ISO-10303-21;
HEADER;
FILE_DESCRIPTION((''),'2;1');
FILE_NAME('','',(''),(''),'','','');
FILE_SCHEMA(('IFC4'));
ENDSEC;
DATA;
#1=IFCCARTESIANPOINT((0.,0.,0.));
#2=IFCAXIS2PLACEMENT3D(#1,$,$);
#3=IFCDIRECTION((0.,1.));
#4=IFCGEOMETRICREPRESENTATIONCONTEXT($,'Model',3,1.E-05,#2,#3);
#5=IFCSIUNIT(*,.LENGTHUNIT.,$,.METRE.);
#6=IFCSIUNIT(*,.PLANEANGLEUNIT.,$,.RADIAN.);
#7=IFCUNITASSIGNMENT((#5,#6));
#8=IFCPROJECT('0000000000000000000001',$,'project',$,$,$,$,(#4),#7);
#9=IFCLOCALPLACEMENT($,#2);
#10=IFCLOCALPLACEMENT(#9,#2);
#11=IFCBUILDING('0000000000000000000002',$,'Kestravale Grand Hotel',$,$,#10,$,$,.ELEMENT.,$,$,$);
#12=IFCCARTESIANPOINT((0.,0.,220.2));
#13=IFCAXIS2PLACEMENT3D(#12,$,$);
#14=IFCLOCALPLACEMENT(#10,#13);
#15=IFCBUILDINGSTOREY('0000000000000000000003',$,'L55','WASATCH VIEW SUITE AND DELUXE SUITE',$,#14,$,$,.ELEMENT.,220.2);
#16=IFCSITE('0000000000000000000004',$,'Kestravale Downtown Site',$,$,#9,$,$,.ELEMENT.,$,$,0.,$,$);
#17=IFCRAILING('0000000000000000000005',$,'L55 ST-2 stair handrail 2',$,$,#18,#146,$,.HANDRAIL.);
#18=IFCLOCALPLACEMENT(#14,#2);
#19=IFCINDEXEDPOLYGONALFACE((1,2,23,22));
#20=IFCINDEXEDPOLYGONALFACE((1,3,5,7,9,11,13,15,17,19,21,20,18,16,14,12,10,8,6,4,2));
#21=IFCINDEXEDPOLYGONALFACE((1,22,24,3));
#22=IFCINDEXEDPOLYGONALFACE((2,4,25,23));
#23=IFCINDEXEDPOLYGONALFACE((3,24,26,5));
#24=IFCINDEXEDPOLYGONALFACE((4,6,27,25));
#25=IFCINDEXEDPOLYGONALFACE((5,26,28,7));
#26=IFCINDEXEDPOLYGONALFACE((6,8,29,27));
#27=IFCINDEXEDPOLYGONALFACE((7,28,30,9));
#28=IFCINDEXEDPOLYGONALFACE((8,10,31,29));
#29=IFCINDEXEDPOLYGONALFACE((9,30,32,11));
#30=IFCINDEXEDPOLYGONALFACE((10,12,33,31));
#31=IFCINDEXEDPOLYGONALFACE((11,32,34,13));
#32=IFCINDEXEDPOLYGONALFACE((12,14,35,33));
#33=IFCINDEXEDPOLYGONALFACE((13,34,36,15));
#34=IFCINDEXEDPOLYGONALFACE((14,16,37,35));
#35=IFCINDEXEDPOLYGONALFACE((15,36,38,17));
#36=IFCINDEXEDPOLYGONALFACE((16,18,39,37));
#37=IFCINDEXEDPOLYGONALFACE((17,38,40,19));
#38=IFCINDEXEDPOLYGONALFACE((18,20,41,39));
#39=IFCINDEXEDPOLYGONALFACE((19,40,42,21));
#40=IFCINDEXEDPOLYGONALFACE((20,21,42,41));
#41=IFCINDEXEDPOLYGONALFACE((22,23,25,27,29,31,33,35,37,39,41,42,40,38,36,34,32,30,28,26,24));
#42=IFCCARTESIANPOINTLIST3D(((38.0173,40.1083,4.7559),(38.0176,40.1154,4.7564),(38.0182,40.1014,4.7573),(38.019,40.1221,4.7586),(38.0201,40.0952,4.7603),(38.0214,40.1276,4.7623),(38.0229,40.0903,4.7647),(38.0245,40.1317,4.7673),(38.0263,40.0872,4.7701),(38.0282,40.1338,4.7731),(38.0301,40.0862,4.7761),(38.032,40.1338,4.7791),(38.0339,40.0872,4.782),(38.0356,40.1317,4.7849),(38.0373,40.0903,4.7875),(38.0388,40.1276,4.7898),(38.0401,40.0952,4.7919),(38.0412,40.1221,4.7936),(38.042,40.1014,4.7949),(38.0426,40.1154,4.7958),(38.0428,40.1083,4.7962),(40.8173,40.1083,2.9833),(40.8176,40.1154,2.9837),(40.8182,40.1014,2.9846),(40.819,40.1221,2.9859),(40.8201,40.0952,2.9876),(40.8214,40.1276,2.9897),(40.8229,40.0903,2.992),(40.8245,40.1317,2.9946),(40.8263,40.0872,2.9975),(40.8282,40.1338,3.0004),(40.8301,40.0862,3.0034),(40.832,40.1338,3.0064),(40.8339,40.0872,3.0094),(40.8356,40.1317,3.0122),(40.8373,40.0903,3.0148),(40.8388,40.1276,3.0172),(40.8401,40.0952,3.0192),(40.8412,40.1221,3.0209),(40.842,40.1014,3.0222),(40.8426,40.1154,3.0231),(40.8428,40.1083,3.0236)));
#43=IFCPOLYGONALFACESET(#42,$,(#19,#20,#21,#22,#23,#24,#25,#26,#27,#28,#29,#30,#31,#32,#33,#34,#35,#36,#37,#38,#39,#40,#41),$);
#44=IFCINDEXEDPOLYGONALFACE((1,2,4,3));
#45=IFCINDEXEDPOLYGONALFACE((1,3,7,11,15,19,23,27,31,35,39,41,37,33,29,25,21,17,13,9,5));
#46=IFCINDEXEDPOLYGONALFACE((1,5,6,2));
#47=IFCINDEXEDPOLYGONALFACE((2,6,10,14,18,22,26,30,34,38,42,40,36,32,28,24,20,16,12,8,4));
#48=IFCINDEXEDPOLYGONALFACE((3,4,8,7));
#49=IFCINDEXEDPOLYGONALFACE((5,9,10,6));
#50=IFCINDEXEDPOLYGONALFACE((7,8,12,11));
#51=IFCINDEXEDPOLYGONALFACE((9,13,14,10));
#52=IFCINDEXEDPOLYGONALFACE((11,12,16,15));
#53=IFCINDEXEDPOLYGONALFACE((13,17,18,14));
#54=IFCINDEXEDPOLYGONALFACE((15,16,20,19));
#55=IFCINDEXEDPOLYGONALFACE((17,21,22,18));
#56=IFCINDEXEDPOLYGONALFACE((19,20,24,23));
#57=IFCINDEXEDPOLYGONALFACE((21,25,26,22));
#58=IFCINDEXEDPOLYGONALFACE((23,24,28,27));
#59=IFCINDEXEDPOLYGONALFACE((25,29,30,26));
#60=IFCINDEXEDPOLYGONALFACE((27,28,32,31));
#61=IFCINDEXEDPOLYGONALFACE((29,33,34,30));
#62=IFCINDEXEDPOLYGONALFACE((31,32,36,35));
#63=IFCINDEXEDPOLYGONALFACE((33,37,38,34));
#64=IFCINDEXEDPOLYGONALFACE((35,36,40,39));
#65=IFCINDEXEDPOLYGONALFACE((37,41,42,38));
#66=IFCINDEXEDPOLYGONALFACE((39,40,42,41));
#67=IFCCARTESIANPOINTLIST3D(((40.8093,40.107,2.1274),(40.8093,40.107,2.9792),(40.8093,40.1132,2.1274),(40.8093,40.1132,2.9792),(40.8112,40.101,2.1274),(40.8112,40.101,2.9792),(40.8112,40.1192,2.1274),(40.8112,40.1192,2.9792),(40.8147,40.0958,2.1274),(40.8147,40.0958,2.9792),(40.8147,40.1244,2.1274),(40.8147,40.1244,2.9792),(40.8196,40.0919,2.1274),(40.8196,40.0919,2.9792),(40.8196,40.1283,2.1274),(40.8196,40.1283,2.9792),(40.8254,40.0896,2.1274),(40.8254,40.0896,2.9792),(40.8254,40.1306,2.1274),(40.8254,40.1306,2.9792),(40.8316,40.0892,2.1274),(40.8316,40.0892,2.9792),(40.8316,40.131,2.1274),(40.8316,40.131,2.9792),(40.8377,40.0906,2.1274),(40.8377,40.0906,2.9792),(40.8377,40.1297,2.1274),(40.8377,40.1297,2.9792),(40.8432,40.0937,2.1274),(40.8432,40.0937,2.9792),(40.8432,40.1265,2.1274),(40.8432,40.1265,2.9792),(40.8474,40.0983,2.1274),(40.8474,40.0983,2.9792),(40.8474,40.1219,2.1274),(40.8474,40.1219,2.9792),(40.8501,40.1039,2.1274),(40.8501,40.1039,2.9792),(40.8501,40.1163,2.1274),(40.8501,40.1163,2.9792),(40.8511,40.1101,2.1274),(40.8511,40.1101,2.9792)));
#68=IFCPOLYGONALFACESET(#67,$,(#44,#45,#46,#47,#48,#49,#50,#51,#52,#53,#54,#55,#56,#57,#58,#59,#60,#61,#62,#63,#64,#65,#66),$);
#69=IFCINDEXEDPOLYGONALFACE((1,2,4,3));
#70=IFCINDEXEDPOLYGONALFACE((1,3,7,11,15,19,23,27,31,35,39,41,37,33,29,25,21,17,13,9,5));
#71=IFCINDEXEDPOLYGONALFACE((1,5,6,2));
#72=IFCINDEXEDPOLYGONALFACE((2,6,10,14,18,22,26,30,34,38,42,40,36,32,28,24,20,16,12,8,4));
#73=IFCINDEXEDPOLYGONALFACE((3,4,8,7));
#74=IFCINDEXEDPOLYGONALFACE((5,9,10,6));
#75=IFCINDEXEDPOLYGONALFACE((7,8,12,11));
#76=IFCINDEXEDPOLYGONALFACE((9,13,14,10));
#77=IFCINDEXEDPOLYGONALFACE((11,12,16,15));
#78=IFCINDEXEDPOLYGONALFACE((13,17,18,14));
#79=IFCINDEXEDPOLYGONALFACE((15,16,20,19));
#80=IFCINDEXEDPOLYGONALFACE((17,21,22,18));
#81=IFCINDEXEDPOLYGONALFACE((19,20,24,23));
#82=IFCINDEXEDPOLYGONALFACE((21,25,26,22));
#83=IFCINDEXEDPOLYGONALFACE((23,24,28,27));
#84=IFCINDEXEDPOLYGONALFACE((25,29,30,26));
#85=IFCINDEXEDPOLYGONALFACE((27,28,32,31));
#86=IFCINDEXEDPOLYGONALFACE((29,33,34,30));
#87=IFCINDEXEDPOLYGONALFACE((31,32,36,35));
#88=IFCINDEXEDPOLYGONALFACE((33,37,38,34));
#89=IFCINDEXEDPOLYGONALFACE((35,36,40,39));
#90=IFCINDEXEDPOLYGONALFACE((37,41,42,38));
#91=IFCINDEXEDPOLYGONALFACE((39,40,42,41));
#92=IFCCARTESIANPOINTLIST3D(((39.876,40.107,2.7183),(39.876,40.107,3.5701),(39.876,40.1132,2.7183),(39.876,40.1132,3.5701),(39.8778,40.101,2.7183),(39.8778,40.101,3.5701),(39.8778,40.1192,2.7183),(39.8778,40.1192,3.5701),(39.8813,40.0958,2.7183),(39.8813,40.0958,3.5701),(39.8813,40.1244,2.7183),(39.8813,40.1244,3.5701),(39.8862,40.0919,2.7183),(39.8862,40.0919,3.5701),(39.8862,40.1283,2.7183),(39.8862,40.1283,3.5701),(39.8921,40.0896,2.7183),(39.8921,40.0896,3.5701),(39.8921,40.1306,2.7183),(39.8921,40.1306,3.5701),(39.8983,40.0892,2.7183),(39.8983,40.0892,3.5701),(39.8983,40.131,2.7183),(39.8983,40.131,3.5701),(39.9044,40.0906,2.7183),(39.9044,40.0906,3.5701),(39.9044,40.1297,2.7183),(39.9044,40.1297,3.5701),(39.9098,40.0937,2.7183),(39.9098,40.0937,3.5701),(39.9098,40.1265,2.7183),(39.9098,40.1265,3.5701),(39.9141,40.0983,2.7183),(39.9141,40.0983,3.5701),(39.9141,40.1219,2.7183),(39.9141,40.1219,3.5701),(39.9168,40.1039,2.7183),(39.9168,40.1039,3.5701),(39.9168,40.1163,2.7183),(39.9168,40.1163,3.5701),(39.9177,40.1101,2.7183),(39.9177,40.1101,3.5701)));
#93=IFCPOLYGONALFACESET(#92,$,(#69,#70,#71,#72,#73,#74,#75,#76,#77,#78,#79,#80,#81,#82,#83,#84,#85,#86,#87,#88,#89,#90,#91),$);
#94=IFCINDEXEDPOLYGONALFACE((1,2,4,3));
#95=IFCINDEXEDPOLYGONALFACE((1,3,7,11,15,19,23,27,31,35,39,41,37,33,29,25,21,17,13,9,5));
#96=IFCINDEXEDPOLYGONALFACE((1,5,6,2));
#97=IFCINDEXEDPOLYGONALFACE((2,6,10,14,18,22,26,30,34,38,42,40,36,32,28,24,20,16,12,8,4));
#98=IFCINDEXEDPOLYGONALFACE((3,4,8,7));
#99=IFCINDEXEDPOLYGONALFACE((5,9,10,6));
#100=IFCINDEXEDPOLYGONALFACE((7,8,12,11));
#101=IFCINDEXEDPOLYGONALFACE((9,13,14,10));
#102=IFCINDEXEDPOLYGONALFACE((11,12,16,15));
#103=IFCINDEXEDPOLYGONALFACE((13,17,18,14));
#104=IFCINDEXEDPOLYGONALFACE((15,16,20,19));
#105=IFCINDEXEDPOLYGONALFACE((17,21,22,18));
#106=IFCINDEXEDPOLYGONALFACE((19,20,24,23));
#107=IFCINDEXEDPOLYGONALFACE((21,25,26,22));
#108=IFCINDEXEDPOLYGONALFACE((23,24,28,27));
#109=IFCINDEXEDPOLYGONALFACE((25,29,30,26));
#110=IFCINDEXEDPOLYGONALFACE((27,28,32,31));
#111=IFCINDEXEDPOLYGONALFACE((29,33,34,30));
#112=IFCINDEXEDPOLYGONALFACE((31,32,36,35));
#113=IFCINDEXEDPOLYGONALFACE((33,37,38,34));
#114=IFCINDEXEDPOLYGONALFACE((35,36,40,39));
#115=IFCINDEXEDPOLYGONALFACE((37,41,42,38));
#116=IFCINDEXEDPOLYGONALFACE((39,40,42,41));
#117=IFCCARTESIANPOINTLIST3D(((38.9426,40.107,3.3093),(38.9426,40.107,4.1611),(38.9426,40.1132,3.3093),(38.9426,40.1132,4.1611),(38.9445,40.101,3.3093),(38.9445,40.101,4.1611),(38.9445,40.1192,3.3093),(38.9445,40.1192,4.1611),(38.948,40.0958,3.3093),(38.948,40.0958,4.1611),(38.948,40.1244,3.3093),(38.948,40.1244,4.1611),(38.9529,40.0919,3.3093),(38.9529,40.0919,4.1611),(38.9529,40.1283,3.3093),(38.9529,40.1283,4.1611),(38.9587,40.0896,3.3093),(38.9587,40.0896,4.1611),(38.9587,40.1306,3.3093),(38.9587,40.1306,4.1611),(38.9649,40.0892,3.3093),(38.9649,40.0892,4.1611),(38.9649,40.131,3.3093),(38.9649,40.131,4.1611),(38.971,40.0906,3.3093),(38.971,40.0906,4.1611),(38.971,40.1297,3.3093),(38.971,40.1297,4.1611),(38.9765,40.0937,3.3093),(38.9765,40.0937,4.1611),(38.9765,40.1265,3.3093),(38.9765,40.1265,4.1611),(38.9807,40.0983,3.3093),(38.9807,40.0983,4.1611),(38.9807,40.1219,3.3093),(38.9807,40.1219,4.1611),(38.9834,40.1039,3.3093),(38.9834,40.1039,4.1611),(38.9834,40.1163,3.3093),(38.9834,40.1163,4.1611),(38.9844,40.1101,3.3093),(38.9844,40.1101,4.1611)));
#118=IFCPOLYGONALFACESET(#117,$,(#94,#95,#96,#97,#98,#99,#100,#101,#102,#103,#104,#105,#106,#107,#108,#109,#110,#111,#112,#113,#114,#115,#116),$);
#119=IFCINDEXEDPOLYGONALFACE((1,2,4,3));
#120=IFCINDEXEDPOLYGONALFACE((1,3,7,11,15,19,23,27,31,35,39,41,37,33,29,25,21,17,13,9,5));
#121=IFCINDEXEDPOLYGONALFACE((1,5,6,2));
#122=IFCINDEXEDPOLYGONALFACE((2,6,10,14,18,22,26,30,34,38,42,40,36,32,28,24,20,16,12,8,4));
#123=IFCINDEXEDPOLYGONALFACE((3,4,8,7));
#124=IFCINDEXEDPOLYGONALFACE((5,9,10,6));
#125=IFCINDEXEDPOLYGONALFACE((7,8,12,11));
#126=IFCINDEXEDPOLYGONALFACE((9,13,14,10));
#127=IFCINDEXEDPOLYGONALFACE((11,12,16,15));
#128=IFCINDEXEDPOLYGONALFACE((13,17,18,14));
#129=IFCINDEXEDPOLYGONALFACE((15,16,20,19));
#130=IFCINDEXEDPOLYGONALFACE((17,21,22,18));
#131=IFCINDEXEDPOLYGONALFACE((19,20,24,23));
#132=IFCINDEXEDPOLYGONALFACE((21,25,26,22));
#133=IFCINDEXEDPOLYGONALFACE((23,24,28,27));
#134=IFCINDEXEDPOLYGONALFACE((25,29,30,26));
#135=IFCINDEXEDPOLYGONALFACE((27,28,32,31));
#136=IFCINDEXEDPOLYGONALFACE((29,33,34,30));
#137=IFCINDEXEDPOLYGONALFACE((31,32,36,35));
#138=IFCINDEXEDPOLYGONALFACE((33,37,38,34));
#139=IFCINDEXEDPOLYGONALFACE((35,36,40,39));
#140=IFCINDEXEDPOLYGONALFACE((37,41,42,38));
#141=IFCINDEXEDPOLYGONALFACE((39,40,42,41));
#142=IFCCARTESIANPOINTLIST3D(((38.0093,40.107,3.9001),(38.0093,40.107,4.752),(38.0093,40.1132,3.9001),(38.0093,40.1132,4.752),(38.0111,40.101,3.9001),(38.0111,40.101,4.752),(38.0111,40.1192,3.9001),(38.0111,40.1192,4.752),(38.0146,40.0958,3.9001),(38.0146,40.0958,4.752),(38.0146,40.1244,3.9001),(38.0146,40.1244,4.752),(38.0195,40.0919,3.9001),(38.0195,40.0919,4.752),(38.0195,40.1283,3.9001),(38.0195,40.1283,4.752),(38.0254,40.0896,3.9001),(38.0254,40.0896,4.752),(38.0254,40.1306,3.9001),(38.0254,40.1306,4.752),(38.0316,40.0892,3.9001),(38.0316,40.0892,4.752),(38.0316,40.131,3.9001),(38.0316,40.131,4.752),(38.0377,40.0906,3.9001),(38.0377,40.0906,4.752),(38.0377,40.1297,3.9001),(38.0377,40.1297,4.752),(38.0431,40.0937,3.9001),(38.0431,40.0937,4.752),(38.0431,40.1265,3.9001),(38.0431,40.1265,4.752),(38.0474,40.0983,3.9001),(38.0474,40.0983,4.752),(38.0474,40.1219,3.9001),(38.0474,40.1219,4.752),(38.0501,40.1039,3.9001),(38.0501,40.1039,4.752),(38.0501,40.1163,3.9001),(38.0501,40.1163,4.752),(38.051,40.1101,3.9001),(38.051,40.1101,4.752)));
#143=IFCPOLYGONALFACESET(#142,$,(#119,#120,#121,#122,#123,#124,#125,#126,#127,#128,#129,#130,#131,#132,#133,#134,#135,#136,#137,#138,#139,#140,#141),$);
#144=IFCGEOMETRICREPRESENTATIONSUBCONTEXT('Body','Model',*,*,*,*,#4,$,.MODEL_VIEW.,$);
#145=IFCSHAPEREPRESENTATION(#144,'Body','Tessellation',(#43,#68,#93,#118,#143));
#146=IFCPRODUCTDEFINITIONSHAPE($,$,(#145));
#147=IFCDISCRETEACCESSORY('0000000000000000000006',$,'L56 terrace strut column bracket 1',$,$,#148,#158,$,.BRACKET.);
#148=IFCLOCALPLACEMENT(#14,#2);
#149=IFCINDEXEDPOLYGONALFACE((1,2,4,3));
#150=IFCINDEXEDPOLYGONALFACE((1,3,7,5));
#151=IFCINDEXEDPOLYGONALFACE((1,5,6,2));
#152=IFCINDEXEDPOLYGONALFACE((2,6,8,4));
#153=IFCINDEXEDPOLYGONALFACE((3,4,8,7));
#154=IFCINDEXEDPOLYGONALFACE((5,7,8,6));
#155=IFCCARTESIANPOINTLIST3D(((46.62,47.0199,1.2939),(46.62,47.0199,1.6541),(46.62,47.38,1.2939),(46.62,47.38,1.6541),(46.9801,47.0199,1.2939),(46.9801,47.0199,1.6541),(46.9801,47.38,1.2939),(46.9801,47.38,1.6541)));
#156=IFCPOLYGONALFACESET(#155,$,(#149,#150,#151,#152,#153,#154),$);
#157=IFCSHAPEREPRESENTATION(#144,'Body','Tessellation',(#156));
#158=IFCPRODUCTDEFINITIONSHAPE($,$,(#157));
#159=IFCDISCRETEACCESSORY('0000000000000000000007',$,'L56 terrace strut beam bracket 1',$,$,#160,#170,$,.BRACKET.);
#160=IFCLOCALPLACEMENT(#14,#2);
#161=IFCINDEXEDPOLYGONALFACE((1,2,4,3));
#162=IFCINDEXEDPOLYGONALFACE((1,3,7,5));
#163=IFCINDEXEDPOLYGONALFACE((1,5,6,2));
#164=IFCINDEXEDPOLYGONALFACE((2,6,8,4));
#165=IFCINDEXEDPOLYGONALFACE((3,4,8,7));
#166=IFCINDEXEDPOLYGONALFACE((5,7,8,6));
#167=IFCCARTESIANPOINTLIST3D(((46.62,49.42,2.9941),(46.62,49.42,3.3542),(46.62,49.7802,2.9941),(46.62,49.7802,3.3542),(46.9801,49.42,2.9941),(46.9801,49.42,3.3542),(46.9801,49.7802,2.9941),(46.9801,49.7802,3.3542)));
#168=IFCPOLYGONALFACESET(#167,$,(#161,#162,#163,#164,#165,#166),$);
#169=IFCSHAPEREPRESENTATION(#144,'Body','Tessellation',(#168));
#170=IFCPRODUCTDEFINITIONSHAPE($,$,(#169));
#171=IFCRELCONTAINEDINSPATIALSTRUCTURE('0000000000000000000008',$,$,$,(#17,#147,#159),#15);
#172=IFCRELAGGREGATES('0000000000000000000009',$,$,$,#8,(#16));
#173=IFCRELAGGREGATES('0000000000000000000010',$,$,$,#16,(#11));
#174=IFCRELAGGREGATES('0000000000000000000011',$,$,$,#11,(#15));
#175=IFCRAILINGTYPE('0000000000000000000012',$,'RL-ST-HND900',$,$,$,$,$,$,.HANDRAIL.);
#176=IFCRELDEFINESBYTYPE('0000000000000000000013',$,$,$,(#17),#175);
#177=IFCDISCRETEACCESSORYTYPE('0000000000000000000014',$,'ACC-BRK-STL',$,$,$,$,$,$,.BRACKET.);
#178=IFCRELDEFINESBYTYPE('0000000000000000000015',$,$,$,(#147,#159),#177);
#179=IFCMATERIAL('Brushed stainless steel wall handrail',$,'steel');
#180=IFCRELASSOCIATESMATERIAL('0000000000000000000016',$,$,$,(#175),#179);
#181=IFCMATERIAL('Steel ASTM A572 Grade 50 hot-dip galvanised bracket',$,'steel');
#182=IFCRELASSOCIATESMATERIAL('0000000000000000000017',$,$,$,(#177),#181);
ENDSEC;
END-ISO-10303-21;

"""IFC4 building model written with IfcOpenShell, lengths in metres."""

from ifc_helpers import new_model, si_unit, direction, frame, origin, origin_2d, place, context, subcontext, project, spatial, rectangle, circle, extrude, material, type_object, element, save


model = new_model("IFC4")

# Units and contexts
model_context = context("Model", 3, precision=1e-05, world=origin(), true_north=direction((0.0, 1.0)))
body_context = subcontext(model_context, "Body", "Model", "MODEL_VIEW")
ifc_project = project(units=[si_unit("LENGTHUNIT", "METRE"), si_unit("PLANEANGLEUNIT", "RADIAN")], contexts=[model_context])

# Site, building, storey
site_placement = place(None, origin())
site = spatial("IfcSite", under=ifc_project, at=site_placement, Name="Kestravale Downtown Site", CompositionType="ELEMENT", RefElevation=0.0)
building_placement = place(site_placement, origin())
building = spatial("IfcBuilding", under=site, at=building_placement, Name="Kestravale Grand Hotel", CompositionType="ELEMENT")
storey_placement = place(building_placement, frame((0.0, 0.0, 220.2)))
storey = spatial("IfcBuildingStorey", under=building, at=storey_placement, Name="L55", Description="WASATCH VIEW SUITE AND DELUXE SUITE", CompositionType="ELEMENT", Elevation=220.2)

# Railing
ifc_material_1 = material(Name="Brushed stainless steel wall handrail", Category="steel")
railing_type_1 = type_object("IfcRailingType", Name="RL-ST-HND900", PredefinedType="HANDRAIL", material=ifc_material_1)
railing_1_placement = place(storey_placement, frame((40.8301, 40.1101, 2.1274)))
element("IfcRailing", 1, at=railing_1_placement, inside=storey, type_object=railing_type_1, Name="L55 ST-2 stair handrail 2", PredefinedType="HANDRAIL", context=body_context, shape_type="SweptSolid", body=[
    extrude(circle(Radius=0.0239, at=origin_2d()), frame((0.0, 0.0, 0.876), z_axis=(-0.844909, 0.0, 0.53491), x_axis=(0.0, -1.0, 0.0)), (0.0, 0.0, 1.0), 3.314),
    extrude(circle(Radius=0.021, at=origin_2d()), origin(), (0.0, 0.0, 1.0), 0.8518),
    extrude(circle(Radius=0.021, at=origin_2d()), frame((-0.9333, 0.0, 0.5908)), (0.0, 0.0, 1.0), 0.8518),
    extrude(circle(Radius=0.021, at=origin_2d()), frame((-1.8667, 0.0, 1.1819)), (0.0, 0.0, 1.0), 0.8518),
    extrude(circle(Radius=0.021, at=origin_2d()), frame((-2.8, 0.0, 1.7727)), (0.0, 0.0, 1.0), 0.8518),
])

# Discrete accessories
ifc_material_2 = material(Name="Steel ASTM A572 Grade 50 hot-dip galvanised bracket", Category="steel")
discrete_accessory_type = type_object("IfcDiscreteAccessoryType", Name="ACC-BRK-STL", PredefinedType="BRACKET", material=ifc_material_2)
for number, where, z_axis, x_axis, name in (
    (2, (46.8, 47.2, 1.2939), (0.0, 0.0, 1.0), (1.0, 0.0, 0.0), "L56 terrace strut column bracket 1"),
    (3, (46.8, 49.6001, 2.9941), (0.0, 0.0, 1.0), (1.0, 0.0, 0.0), "L56 terrace strut beam bracket 1"),
):
    element("IfcDiscreteAccessory", number, at=place(storey_placement, frame(where, z_axis=z_axis, x_axis=x_axis)), inside=storey, type_object=discrete_accessory_type, Name=name, PredefinedType="BRACKET", context=body_context, shape_type="SweptSolid", body=[
        extrude(rectangle(XDim=0.3601, YDim=0.3601, at=origin_2d()), origin(), (0.0, 0.0, 1.0), 0.3601),
    ])

save(model, "model.ifc")
